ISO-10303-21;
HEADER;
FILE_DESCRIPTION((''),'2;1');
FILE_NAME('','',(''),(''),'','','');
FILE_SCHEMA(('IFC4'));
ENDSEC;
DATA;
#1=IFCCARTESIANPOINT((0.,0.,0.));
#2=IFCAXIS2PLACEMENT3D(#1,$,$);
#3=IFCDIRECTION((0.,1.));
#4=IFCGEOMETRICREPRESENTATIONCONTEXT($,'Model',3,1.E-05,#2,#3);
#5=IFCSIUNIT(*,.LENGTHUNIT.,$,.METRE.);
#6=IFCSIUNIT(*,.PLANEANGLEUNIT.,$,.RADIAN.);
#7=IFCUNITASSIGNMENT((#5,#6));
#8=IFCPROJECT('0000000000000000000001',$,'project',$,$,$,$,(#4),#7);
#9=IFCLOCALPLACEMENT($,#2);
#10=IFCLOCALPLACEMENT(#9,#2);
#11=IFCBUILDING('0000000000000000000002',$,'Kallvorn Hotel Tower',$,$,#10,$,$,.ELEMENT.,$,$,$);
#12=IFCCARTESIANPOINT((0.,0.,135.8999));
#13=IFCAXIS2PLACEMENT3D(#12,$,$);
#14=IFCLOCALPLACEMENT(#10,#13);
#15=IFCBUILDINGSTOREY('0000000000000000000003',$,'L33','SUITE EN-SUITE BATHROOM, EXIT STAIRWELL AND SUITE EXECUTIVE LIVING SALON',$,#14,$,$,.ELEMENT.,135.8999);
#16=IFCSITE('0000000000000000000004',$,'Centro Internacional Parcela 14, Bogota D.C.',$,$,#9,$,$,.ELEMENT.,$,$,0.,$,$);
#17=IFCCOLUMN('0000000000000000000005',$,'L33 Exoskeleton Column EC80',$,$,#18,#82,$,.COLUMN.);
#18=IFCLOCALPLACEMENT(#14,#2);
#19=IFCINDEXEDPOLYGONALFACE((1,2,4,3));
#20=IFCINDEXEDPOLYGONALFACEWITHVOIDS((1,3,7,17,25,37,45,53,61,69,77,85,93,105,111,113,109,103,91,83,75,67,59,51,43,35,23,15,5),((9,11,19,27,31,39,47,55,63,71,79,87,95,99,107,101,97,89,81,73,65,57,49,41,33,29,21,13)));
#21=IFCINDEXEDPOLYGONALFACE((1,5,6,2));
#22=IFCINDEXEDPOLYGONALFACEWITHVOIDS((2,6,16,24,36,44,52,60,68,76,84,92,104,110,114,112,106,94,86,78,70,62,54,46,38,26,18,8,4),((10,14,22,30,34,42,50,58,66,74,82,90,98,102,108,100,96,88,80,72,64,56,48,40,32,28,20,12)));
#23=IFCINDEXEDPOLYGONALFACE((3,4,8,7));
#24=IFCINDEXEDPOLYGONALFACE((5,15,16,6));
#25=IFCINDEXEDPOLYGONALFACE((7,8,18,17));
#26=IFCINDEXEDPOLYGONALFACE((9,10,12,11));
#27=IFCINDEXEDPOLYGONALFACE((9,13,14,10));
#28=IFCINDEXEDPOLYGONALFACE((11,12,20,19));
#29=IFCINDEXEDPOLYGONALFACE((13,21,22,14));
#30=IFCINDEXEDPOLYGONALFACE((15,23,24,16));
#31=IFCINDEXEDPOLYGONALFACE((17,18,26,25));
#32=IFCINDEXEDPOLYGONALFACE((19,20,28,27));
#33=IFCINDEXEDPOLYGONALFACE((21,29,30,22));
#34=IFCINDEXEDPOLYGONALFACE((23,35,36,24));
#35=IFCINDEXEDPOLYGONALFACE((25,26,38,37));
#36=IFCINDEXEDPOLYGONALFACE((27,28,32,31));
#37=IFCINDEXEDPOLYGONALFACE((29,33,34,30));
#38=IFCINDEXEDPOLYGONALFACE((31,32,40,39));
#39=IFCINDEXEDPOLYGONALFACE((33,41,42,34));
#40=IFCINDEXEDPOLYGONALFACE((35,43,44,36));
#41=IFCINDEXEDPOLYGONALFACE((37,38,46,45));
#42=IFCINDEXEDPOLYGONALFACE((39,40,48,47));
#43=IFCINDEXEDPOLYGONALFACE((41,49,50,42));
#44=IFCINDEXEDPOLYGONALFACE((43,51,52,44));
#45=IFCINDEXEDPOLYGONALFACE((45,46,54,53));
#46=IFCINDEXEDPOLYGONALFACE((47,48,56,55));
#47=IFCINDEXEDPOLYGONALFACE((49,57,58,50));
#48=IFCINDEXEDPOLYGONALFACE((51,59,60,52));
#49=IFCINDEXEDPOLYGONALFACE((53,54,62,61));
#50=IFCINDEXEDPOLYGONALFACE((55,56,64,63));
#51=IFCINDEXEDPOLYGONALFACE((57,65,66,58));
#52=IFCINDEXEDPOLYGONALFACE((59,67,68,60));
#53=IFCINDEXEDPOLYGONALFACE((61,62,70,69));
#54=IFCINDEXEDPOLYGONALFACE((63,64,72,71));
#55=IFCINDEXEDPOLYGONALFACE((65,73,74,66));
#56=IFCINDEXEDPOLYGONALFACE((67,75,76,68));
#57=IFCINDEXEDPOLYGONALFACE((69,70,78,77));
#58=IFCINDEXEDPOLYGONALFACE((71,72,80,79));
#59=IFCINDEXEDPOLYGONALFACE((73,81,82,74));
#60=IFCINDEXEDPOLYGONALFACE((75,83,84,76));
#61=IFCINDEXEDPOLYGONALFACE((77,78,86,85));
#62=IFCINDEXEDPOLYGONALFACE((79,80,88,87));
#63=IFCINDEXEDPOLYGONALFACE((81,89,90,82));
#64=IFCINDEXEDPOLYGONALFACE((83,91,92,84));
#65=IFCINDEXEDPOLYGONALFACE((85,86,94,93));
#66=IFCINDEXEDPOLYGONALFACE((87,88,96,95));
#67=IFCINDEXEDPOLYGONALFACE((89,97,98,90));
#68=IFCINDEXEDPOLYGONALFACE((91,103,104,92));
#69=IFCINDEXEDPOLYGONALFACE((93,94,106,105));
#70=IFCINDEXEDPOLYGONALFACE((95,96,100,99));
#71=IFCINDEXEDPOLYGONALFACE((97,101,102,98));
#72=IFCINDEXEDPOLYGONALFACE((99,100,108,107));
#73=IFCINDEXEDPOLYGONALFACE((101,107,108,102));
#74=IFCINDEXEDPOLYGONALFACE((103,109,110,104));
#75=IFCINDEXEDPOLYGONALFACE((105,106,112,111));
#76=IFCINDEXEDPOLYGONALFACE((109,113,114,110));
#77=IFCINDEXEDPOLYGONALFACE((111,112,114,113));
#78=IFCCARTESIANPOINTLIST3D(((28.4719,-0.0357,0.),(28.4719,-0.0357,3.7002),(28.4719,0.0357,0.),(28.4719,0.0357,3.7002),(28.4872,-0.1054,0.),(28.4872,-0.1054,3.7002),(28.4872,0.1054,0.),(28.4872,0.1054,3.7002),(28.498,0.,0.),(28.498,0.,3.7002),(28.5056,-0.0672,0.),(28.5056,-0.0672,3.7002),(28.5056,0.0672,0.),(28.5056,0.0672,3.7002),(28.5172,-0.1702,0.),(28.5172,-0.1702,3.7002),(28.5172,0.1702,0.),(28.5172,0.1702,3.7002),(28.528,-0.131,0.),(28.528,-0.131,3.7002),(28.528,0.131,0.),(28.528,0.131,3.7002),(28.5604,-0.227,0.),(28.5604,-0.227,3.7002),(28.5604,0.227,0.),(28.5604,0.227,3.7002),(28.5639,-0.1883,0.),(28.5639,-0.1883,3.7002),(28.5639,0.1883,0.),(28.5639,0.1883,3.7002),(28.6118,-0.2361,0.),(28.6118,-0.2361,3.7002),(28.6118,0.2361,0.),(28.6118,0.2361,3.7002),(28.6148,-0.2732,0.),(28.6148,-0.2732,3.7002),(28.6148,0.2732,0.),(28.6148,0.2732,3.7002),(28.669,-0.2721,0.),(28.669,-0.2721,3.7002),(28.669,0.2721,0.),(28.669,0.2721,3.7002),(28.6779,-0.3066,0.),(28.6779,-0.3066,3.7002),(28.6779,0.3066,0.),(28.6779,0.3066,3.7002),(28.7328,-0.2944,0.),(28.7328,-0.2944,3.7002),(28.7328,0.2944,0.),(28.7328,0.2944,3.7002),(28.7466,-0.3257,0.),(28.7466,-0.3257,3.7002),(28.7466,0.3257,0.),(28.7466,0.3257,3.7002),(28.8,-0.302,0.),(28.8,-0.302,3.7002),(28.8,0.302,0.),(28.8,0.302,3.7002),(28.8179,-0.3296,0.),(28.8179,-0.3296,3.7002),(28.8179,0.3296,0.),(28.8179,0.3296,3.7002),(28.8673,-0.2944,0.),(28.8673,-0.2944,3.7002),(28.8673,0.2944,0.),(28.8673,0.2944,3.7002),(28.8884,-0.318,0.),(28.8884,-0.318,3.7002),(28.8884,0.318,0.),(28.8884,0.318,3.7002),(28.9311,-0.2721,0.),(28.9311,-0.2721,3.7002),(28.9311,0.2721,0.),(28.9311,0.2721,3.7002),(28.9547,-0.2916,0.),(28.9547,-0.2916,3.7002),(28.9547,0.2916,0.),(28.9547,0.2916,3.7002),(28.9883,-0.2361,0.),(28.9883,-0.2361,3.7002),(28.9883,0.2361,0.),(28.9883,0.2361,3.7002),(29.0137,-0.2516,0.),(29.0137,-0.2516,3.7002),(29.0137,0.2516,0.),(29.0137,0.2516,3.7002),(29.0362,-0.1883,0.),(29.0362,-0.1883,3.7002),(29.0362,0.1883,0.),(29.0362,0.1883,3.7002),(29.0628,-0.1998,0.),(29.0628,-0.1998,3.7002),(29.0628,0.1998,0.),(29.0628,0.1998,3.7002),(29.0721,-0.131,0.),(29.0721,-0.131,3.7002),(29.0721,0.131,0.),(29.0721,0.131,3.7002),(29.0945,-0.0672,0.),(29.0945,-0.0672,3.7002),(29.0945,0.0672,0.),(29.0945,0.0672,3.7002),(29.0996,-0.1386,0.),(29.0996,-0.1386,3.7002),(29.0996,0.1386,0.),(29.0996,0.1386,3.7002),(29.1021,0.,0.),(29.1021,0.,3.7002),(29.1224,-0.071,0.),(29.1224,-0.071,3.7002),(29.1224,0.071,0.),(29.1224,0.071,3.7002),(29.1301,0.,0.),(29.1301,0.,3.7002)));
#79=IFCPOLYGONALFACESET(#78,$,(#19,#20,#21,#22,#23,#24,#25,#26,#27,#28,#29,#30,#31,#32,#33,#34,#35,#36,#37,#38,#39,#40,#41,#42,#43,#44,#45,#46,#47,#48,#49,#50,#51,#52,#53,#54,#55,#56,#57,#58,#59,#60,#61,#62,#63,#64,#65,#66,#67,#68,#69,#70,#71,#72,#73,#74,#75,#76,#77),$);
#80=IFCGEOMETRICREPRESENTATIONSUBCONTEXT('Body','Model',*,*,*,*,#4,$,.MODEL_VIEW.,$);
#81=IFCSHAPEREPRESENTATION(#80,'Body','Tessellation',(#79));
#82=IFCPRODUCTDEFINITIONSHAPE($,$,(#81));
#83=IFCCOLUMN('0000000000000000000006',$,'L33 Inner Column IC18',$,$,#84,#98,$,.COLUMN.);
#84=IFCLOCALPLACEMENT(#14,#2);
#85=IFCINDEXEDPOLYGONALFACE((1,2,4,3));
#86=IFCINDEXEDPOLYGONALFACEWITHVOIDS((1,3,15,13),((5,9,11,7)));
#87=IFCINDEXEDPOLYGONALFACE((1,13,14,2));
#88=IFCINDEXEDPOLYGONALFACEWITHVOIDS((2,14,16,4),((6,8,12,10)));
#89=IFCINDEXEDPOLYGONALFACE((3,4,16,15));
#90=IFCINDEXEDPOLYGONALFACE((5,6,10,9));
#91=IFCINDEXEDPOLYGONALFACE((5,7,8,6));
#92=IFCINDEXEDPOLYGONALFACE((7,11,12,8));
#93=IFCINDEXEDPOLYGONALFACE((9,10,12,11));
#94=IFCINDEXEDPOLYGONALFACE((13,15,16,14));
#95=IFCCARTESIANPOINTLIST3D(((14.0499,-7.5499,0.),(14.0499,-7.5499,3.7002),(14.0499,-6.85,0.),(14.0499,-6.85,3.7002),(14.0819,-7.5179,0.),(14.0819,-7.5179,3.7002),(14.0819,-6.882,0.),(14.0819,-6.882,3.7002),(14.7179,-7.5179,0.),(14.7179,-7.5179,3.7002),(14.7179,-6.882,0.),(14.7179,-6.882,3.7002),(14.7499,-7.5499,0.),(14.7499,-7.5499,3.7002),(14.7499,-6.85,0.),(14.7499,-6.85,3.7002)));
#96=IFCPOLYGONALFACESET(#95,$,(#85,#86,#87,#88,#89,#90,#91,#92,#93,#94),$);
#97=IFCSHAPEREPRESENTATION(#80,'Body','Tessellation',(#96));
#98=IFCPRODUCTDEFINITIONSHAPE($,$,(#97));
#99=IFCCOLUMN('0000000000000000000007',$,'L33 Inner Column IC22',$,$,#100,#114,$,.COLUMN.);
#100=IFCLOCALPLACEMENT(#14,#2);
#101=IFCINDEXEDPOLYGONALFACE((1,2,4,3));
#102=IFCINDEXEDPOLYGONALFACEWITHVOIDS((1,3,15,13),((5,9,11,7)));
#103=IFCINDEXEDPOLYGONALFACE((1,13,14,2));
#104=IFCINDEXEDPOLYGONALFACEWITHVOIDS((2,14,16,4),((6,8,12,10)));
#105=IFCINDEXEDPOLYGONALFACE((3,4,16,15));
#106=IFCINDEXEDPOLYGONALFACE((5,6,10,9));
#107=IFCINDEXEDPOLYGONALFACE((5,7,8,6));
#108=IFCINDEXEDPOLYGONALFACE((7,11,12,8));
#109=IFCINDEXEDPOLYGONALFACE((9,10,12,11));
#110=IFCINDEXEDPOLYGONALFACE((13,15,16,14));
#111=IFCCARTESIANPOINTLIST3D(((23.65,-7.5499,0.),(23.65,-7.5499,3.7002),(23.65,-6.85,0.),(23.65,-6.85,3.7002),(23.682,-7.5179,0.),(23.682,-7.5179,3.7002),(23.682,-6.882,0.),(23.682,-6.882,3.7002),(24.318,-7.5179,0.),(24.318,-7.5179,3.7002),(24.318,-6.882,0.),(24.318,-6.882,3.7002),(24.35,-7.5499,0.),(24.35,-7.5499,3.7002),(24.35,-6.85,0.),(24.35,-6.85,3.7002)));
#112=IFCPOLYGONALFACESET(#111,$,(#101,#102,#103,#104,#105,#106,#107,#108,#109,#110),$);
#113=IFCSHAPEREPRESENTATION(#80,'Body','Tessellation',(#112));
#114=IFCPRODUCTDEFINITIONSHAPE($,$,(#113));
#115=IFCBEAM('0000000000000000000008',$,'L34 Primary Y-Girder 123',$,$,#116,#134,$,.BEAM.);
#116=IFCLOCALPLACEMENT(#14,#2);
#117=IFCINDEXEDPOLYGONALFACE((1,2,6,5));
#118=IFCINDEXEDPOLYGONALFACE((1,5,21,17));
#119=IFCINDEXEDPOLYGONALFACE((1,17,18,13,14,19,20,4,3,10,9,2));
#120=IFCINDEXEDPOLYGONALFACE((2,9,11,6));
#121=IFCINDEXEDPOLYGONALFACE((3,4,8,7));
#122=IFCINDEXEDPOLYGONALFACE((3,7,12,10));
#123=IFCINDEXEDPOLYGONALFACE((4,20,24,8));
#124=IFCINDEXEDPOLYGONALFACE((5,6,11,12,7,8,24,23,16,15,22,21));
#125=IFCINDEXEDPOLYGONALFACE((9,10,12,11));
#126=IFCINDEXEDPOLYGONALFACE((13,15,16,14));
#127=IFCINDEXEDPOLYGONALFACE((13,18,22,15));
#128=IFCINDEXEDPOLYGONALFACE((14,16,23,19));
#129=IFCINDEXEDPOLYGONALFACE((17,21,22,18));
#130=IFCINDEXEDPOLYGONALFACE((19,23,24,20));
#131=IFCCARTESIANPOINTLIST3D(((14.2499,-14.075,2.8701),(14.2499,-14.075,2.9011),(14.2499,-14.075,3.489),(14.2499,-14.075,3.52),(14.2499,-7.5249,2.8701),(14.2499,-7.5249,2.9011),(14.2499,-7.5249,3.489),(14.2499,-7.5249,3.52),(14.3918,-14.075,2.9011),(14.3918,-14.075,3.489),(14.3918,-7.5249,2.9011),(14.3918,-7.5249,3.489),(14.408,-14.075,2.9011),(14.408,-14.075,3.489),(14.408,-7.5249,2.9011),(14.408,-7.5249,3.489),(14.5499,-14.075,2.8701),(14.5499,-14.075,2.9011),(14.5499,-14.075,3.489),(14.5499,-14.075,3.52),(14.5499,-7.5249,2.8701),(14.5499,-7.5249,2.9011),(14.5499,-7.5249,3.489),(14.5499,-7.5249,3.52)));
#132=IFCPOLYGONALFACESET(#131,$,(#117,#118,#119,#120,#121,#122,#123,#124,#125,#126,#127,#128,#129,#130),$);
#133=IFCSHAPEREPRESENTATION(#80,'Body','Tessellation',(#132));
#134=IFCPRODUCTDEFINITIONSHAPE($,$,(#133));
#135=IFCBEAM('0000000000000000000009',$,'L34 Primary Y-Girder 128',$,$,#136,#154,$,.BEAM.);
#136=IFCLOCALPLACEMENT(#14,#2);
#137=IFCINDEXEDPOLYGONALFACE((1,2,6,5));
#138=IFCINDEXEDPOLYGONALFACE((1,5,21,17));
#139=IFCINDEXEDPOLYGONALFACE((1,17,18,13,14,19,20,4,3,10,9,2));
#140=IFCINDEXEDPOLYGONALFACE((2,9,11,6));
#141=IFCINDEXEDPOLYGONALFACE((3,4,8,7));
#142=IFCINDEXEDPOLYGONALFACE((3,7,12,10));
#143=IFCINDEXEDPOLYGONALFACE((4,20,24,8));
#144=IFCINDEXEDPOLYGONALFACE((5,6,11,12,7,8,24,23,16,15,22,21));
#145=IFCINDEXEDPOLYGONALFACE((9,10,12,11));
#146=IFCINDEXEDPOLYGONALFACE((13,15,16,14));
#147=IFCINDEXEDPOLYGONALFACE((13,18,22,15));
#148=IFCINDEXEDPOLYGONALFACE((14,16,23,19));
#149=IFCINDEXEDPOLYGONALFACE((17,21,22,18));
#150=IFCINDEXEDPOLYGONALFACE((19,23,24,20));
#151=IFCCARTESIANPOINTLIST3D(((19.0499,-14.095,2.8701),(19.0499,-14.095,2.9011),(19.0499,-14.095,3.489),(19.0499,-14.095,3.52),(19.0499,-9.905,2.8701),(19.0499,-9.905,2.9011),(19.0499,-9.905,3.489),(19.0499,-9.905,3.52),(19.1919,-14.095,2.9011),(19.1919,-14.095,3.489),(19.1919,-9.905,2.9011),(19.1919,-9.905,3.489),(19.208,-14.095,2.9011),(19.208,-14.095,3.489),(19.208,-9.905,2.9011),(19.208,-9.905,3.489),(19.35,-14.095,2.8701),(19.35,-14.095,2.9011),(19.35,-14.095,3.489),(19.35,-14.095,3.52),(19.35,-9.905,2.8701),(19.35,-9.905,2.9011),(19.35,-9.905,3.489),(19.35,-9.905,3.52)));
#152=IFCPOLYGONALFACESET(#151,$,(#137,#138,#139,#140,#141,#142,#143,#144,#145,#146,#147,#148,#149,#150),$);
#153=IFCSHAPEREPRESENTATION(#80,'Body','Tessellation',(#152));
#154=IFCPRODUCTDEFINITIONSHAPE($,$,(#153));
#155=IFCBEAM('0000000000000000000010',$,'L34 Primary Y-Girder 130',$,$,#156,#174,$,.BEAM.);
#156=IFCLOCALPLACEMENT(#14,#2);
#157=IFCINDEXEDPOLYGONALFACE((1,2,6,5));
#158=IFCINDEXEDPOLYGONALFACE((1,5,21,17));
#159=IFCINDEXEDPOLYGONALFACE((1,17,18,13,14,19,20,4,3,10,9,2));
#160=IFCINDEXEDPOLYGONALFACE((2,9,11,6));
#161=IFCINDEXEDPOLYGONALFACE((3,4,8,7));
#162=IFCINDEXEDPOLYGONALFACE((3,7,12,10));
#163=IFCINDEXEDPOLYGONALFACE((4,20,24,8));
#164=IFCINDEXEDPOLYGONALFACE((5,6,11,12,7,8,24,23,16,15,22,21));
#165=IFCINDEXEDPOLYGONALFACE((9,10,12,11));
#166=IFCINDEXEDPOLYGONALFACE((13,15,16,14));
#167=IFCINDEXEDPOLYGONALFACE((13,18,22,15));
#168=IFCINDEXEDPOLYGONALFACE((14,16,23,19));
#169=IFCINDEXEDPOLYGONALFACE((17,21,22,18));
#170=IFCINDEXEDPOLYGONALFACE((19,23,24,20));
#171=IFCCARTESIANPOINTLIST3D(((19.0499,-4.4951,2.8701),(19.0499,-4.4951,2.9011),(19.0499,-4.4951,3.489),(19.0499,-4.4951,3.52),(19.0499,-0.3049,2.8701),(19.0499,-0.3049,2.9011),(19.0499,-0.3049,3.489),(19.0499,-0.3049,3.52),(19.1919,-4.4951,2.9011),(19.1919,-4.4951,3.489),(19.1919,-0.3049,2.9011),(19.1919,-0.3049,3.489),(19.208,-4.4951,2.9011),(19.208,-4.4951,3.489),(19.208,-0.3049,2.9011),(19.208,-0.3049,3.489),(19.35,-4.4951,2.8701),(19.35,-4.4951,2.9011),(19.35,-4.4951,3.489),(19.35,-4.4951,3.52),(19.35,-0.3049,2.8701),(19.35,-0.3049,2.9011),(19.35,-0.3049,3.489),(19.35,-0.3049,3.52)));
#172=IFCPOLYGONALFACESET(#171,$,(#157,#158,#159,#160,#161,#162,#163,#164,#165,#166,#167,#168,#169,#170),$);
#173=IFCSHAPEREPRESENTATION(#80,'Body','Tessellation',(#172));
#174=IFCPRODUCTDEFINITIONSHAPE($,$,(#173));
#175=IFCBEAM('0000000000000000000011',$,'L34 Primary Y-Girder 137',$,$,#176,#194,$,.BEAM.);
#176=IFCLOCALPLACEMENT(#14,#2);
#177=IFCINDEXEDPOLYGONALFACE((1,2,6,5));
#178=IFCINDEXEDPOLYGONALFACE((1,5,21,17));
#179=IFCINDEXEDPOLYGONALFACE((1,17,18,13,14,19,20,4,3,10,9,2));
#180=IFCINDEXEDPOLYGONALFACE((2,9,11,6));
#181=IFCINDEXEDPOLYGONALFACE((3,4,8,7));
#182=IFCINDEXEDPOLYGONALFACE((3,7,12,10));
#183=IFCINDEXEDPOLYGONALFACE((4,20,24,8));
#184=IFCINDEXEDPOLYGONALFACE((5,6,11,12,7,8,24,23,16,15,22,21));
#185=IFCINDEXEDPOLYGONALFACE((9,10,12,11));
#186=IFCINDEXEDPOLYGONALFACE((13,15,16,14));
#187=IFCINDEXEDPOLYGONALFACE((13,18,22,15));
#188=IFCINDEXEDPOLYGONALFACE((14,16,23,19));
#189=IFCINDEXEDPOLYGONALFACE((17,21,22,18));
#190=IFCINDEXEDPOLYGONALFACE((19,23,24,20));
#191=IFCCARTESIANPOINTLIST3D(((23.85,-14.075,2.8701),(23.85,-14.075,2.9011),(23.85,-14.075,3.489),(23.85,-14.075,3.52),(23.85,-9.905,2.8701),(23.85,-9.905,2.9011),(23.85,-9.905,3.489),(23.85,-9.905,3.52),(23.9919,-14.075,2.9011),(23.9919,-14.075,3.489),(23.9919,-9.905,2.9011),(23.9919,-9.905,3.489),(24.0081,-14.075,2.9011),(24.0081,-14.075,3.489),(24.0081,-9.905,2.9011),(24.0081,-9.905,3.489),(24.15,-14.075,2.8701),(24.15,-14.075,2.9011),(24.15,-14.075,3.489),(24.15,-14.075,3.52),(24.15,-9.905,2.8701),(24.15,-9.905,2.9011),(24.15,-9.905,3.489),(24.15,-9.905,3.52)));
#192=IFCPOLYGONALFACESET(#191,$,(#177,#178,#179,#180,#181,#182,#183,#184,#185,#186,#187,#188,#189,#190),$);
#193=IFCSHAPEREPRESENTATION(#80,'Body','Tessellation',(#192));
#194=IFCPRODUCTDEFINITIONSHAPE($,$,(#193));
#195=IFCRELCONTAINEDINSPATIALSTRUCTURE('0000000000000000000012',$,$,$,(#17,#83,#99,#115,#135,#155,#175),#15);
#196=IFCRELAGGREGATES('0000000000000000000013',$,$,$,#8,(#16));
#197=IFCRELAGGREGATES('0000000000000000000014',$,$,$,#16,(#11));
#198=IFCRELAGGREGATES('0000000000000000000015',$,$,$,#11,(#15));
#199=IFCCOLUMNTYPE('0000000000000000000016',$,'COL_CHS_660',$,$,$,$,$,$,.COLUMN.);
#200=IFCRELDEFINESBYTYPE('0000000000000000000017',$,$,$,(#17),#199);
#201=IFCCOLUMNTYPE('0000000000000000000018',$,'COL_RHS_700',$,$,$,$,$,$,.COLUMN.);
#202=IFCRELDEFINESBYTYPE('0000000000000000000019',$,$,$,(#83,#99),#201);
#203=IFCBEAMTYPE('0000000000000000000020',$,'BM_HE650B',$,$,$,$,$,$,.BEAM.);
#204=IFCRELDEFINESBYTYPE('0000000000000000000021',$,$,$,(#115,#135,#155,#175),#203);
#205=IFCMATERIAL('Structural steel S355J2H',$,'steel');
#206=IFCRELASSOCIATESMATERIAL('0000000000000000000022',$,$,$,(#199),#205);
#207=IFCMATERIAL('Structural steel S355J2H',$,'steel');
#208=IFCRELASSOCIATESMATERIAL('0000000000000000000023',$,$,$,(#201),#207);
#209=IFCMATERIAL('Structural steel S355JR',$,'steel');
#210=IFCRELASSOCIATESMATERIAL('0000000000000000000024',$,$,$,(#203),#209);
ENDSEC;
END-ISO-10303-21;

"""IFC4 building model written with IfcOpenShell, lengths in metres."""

from ifc_helpers import new_model, si_unit, direction, frame, origin, origin_2d, place, context, subcontext, project, spatial, hollow_rectangle, hollow_circle, i_section, extrude, material, material_profile, profile_set, type_object, element, save


model = new_model("IFC4")

# Units and contexts
model_context = context("Model", 3, precision=1e-05, world=origin(), true_north=direction((0.0, 1.0)))
body_context = subcontext(model_context, "Body", "Model", "MODEL_VIEW")
ifc_project = project(units=[si_unit("LENGTHUNIT", "METRE"), si_unit("PLANEANGLEUNIT", "RADIAN")], contexts=[model_context])

# Site, building, storey
site_placement = place(None, origin())
site = spatial("IfcSite", under=ifc_project, at=site_placement, Name="Centro Internacional Parcela 14, Bogota D.C.", CompositionType="ELEMENT", RefElevation=0.0)
building_placement = place(site_placement, origin())
building = spatial("IfcBuilding", under=site, at=building_placement, Name="Kallvorn Hotel Tower", CompositionType="ELEMENT")
storey_placement = place(building_placement, frame((0.0, 0.0, 135.8999)))
storey = spatial("IfcBuildingStorey", under=building, at=storey_placement, Name="L33", Description="SUITE EN-SUITE BATHROOM, EXIT STAIRWELL AND SUITE EXECUTIVE LIVING SALON", CompositionType="ELEMENT", Elevation=135.8999)

# Columns
ifc_material_1 = material(Name="Structural steel S355J2H", Category="steel")
ifc_material_profile_1 = material_profile(ifc_material_1, hollow_circle(Radius=0.3301, WallThickness=0.0281, at=origin_2d()), Name="CHS 660x28")
ifc_profile_set_1 = profile_set([ifc_material_profile_1], Name="Structural steel S355J2H")
column_type_1 = type_object("IfcColumnType", Name="COL_CHS_660", PredefinedType="COLUMN", material=ifc_profile_set_1)
for number, where, z_axis, x_axis, name in (
    (1, (28.8, 0.0, 0.0), (0.0, 0.0, 1.0), (1.0, 0.0, 0.0), "L33 Exoskeleton Column EC80"),
):
    element("IfcColumn", number, at=place(storey_placement, frame(where, z_axis=z_axis, x_axis=x_axis)), inside=storey, type_object=column_type_1, Name=name, PredefinedType="COLUMN", context=body_context, shape_type="SweptSolid", body=[
        extrude(hollow_circle(Radius=0.3301, WallThickness=0.0281, at=origin_2d()), origin(), (0.0, 0.0, 1.0), 3.7002),
    ])
ifc_material_2 = material(Name="Structural steel S355J2H", Category="steel")
ifc_material_profile_2 = material_profile(ifc_material_2, hollow_rectangle(XDim=0.7, YDim=0.7, WallThickness=0.032, at=origin_2d()), Name="RHS 700x700x32")
ifc_profile_set_2 = profile_set([ifc_material_profile_2], Name="Structural steel S355J2H")
column_type_2 = type_object("IfcColumnType", Name="COL_RHS_700", PredefinedType="COLUMN", material=ifc_profile_set_2)
for number, where, z_axis, x_axis, name in (
    (2, (14.3999, -7.2, 0.0), (0.0, 0.0, 1.0), (1.0, 0.0, 0.0), "L33 Inner Column IC18"),
    (3, (24.0, -7.2, 0.0), (0.0, 0.0, 1.0), (1.0, 0.0, 0.0), "L33 Inner Column IC22"),
):
    element("IfcColumn", number, at=place(storey_placement, frame(where, z_axis=z_axis, x_axis=x_axis)), inside=storey, type_object=column_type_2, Name=name, PredefinedType="COLUMN", context=body_context, shape_type="SweptSolid", body=[
        extrude(hollow_rectangle(XDim=0.7, YDim=0.7, WallThickness=0.032, at=origin_2d()), origin(), (0.0, 0.0, 1.0), 3.7002),
    ])

# Beams
ifc_material_3 = material(Name="Structural steel S355JR", Category="steel")
ifc_material_profile_3 = material_profile(ifc_material_3, i_section(OverallWidth=0.3, OverallDepth=0.6499, WebThickness=0.0161, FlangeThickness=0.031, at=origin_2d()), Name="HE 650 B")
ifc_profile_set_3 = profile_set([ifc_material_profile_3], Name="Structural steel S355JR")
beam_type_1 = type_object("IfcBeamType", Name="BM_HE650B", PredefinedType="BEAM", material=ifc_profile_set_3)
beam_1_placement = place(storey_placement, frame((14.3999, -14.075, 3.1951), z_axis=(0.0, 1.0, 0.0), x_axis=(-1.0, 0.0, 0.0)))
element("IfcBeam", 4, at=beam_1_placement, inside=storey, type_object=beam_type_1, Name="L34 Primary Y-Girder 123", PredefinedType="BEAM", context=body_context, shape_type="SweptSolid", body=[
    extrude(i_section(OverallWidth=0.3, OverallDepth=0.6499, WebThickness=0.0161, FlangeThickness=0.031, at=origin_2d()), origin(), (0.0, 0.0, 1.0), 6.55),
])
beam_2_placement = place(storey_placement, frame((19.2, -14.095, 3.1951), z_axis=(0.0, 1.0, 0.0), x_axis=(-1.0, 0.0, 0.0)))
element("IfcBeam", 5, at=beam_2_placement, inside=storey, type_object=beam_type_1, Name="L34 Primary Y-Girder 128", PredefinedType="BEAM", context=body_context, shape_type="SweptSolid", body=[
    extrude(i_section(OverallWidth=0.3, OverallDepth=0.6499, WebThickness=0.0161, FlangeThickness=0.031, at=origin_2d()), origin(), (0.0, 0.0, 1.0), 4.1899),
])
beam_3_placement = place(storey_placement, frame((19.2, -4.4951, 3.1951), z_axis=(0.0, 1.0, 0.0), x_axis=(-1.0, 0.0, 0.0)))
element("IfcBeam", 6, at=beam_3_placement, inside=storey, type_object=beam_type_1, Name="L34 Primary Y-Girder 130", PredefinedType="BEAM", context=body_context, shape_type="SweptSolid", body=[
    extrude(i_section(OverallWidth=0.3, OverallDepth=0.6499, WebThickness=0.0161, FlangeThickness=0.031, at=origin_2d()), origin(), (0.0, 0.0, 1.0), 4.1902),
])
beam_4_placement = place(storey_placement, frame((24.0, -14.075, 3.1951), z_axis=(0.0, 1.0, 0.0), x_axis=(-1.0, 0.0, 0.0)))
element("IfcBeam", 7, at=beam_4_placement, inside=storey, type_object=beam_type_1, Name="L34 Primary Y-Girder 137", PredefinedType="BEAM", context=body_context, shape_type="SweptSolid", body=[
    extrude(i_section(OverallWidth=0.3, OverallDepth=0.6499, WebThickness=0.0161, FlangeThickness=0.031, at=origin_2d()), origin(), (0.0, 0.0, 1.0), 4.1699),
])

save(model, "model.ifc")
